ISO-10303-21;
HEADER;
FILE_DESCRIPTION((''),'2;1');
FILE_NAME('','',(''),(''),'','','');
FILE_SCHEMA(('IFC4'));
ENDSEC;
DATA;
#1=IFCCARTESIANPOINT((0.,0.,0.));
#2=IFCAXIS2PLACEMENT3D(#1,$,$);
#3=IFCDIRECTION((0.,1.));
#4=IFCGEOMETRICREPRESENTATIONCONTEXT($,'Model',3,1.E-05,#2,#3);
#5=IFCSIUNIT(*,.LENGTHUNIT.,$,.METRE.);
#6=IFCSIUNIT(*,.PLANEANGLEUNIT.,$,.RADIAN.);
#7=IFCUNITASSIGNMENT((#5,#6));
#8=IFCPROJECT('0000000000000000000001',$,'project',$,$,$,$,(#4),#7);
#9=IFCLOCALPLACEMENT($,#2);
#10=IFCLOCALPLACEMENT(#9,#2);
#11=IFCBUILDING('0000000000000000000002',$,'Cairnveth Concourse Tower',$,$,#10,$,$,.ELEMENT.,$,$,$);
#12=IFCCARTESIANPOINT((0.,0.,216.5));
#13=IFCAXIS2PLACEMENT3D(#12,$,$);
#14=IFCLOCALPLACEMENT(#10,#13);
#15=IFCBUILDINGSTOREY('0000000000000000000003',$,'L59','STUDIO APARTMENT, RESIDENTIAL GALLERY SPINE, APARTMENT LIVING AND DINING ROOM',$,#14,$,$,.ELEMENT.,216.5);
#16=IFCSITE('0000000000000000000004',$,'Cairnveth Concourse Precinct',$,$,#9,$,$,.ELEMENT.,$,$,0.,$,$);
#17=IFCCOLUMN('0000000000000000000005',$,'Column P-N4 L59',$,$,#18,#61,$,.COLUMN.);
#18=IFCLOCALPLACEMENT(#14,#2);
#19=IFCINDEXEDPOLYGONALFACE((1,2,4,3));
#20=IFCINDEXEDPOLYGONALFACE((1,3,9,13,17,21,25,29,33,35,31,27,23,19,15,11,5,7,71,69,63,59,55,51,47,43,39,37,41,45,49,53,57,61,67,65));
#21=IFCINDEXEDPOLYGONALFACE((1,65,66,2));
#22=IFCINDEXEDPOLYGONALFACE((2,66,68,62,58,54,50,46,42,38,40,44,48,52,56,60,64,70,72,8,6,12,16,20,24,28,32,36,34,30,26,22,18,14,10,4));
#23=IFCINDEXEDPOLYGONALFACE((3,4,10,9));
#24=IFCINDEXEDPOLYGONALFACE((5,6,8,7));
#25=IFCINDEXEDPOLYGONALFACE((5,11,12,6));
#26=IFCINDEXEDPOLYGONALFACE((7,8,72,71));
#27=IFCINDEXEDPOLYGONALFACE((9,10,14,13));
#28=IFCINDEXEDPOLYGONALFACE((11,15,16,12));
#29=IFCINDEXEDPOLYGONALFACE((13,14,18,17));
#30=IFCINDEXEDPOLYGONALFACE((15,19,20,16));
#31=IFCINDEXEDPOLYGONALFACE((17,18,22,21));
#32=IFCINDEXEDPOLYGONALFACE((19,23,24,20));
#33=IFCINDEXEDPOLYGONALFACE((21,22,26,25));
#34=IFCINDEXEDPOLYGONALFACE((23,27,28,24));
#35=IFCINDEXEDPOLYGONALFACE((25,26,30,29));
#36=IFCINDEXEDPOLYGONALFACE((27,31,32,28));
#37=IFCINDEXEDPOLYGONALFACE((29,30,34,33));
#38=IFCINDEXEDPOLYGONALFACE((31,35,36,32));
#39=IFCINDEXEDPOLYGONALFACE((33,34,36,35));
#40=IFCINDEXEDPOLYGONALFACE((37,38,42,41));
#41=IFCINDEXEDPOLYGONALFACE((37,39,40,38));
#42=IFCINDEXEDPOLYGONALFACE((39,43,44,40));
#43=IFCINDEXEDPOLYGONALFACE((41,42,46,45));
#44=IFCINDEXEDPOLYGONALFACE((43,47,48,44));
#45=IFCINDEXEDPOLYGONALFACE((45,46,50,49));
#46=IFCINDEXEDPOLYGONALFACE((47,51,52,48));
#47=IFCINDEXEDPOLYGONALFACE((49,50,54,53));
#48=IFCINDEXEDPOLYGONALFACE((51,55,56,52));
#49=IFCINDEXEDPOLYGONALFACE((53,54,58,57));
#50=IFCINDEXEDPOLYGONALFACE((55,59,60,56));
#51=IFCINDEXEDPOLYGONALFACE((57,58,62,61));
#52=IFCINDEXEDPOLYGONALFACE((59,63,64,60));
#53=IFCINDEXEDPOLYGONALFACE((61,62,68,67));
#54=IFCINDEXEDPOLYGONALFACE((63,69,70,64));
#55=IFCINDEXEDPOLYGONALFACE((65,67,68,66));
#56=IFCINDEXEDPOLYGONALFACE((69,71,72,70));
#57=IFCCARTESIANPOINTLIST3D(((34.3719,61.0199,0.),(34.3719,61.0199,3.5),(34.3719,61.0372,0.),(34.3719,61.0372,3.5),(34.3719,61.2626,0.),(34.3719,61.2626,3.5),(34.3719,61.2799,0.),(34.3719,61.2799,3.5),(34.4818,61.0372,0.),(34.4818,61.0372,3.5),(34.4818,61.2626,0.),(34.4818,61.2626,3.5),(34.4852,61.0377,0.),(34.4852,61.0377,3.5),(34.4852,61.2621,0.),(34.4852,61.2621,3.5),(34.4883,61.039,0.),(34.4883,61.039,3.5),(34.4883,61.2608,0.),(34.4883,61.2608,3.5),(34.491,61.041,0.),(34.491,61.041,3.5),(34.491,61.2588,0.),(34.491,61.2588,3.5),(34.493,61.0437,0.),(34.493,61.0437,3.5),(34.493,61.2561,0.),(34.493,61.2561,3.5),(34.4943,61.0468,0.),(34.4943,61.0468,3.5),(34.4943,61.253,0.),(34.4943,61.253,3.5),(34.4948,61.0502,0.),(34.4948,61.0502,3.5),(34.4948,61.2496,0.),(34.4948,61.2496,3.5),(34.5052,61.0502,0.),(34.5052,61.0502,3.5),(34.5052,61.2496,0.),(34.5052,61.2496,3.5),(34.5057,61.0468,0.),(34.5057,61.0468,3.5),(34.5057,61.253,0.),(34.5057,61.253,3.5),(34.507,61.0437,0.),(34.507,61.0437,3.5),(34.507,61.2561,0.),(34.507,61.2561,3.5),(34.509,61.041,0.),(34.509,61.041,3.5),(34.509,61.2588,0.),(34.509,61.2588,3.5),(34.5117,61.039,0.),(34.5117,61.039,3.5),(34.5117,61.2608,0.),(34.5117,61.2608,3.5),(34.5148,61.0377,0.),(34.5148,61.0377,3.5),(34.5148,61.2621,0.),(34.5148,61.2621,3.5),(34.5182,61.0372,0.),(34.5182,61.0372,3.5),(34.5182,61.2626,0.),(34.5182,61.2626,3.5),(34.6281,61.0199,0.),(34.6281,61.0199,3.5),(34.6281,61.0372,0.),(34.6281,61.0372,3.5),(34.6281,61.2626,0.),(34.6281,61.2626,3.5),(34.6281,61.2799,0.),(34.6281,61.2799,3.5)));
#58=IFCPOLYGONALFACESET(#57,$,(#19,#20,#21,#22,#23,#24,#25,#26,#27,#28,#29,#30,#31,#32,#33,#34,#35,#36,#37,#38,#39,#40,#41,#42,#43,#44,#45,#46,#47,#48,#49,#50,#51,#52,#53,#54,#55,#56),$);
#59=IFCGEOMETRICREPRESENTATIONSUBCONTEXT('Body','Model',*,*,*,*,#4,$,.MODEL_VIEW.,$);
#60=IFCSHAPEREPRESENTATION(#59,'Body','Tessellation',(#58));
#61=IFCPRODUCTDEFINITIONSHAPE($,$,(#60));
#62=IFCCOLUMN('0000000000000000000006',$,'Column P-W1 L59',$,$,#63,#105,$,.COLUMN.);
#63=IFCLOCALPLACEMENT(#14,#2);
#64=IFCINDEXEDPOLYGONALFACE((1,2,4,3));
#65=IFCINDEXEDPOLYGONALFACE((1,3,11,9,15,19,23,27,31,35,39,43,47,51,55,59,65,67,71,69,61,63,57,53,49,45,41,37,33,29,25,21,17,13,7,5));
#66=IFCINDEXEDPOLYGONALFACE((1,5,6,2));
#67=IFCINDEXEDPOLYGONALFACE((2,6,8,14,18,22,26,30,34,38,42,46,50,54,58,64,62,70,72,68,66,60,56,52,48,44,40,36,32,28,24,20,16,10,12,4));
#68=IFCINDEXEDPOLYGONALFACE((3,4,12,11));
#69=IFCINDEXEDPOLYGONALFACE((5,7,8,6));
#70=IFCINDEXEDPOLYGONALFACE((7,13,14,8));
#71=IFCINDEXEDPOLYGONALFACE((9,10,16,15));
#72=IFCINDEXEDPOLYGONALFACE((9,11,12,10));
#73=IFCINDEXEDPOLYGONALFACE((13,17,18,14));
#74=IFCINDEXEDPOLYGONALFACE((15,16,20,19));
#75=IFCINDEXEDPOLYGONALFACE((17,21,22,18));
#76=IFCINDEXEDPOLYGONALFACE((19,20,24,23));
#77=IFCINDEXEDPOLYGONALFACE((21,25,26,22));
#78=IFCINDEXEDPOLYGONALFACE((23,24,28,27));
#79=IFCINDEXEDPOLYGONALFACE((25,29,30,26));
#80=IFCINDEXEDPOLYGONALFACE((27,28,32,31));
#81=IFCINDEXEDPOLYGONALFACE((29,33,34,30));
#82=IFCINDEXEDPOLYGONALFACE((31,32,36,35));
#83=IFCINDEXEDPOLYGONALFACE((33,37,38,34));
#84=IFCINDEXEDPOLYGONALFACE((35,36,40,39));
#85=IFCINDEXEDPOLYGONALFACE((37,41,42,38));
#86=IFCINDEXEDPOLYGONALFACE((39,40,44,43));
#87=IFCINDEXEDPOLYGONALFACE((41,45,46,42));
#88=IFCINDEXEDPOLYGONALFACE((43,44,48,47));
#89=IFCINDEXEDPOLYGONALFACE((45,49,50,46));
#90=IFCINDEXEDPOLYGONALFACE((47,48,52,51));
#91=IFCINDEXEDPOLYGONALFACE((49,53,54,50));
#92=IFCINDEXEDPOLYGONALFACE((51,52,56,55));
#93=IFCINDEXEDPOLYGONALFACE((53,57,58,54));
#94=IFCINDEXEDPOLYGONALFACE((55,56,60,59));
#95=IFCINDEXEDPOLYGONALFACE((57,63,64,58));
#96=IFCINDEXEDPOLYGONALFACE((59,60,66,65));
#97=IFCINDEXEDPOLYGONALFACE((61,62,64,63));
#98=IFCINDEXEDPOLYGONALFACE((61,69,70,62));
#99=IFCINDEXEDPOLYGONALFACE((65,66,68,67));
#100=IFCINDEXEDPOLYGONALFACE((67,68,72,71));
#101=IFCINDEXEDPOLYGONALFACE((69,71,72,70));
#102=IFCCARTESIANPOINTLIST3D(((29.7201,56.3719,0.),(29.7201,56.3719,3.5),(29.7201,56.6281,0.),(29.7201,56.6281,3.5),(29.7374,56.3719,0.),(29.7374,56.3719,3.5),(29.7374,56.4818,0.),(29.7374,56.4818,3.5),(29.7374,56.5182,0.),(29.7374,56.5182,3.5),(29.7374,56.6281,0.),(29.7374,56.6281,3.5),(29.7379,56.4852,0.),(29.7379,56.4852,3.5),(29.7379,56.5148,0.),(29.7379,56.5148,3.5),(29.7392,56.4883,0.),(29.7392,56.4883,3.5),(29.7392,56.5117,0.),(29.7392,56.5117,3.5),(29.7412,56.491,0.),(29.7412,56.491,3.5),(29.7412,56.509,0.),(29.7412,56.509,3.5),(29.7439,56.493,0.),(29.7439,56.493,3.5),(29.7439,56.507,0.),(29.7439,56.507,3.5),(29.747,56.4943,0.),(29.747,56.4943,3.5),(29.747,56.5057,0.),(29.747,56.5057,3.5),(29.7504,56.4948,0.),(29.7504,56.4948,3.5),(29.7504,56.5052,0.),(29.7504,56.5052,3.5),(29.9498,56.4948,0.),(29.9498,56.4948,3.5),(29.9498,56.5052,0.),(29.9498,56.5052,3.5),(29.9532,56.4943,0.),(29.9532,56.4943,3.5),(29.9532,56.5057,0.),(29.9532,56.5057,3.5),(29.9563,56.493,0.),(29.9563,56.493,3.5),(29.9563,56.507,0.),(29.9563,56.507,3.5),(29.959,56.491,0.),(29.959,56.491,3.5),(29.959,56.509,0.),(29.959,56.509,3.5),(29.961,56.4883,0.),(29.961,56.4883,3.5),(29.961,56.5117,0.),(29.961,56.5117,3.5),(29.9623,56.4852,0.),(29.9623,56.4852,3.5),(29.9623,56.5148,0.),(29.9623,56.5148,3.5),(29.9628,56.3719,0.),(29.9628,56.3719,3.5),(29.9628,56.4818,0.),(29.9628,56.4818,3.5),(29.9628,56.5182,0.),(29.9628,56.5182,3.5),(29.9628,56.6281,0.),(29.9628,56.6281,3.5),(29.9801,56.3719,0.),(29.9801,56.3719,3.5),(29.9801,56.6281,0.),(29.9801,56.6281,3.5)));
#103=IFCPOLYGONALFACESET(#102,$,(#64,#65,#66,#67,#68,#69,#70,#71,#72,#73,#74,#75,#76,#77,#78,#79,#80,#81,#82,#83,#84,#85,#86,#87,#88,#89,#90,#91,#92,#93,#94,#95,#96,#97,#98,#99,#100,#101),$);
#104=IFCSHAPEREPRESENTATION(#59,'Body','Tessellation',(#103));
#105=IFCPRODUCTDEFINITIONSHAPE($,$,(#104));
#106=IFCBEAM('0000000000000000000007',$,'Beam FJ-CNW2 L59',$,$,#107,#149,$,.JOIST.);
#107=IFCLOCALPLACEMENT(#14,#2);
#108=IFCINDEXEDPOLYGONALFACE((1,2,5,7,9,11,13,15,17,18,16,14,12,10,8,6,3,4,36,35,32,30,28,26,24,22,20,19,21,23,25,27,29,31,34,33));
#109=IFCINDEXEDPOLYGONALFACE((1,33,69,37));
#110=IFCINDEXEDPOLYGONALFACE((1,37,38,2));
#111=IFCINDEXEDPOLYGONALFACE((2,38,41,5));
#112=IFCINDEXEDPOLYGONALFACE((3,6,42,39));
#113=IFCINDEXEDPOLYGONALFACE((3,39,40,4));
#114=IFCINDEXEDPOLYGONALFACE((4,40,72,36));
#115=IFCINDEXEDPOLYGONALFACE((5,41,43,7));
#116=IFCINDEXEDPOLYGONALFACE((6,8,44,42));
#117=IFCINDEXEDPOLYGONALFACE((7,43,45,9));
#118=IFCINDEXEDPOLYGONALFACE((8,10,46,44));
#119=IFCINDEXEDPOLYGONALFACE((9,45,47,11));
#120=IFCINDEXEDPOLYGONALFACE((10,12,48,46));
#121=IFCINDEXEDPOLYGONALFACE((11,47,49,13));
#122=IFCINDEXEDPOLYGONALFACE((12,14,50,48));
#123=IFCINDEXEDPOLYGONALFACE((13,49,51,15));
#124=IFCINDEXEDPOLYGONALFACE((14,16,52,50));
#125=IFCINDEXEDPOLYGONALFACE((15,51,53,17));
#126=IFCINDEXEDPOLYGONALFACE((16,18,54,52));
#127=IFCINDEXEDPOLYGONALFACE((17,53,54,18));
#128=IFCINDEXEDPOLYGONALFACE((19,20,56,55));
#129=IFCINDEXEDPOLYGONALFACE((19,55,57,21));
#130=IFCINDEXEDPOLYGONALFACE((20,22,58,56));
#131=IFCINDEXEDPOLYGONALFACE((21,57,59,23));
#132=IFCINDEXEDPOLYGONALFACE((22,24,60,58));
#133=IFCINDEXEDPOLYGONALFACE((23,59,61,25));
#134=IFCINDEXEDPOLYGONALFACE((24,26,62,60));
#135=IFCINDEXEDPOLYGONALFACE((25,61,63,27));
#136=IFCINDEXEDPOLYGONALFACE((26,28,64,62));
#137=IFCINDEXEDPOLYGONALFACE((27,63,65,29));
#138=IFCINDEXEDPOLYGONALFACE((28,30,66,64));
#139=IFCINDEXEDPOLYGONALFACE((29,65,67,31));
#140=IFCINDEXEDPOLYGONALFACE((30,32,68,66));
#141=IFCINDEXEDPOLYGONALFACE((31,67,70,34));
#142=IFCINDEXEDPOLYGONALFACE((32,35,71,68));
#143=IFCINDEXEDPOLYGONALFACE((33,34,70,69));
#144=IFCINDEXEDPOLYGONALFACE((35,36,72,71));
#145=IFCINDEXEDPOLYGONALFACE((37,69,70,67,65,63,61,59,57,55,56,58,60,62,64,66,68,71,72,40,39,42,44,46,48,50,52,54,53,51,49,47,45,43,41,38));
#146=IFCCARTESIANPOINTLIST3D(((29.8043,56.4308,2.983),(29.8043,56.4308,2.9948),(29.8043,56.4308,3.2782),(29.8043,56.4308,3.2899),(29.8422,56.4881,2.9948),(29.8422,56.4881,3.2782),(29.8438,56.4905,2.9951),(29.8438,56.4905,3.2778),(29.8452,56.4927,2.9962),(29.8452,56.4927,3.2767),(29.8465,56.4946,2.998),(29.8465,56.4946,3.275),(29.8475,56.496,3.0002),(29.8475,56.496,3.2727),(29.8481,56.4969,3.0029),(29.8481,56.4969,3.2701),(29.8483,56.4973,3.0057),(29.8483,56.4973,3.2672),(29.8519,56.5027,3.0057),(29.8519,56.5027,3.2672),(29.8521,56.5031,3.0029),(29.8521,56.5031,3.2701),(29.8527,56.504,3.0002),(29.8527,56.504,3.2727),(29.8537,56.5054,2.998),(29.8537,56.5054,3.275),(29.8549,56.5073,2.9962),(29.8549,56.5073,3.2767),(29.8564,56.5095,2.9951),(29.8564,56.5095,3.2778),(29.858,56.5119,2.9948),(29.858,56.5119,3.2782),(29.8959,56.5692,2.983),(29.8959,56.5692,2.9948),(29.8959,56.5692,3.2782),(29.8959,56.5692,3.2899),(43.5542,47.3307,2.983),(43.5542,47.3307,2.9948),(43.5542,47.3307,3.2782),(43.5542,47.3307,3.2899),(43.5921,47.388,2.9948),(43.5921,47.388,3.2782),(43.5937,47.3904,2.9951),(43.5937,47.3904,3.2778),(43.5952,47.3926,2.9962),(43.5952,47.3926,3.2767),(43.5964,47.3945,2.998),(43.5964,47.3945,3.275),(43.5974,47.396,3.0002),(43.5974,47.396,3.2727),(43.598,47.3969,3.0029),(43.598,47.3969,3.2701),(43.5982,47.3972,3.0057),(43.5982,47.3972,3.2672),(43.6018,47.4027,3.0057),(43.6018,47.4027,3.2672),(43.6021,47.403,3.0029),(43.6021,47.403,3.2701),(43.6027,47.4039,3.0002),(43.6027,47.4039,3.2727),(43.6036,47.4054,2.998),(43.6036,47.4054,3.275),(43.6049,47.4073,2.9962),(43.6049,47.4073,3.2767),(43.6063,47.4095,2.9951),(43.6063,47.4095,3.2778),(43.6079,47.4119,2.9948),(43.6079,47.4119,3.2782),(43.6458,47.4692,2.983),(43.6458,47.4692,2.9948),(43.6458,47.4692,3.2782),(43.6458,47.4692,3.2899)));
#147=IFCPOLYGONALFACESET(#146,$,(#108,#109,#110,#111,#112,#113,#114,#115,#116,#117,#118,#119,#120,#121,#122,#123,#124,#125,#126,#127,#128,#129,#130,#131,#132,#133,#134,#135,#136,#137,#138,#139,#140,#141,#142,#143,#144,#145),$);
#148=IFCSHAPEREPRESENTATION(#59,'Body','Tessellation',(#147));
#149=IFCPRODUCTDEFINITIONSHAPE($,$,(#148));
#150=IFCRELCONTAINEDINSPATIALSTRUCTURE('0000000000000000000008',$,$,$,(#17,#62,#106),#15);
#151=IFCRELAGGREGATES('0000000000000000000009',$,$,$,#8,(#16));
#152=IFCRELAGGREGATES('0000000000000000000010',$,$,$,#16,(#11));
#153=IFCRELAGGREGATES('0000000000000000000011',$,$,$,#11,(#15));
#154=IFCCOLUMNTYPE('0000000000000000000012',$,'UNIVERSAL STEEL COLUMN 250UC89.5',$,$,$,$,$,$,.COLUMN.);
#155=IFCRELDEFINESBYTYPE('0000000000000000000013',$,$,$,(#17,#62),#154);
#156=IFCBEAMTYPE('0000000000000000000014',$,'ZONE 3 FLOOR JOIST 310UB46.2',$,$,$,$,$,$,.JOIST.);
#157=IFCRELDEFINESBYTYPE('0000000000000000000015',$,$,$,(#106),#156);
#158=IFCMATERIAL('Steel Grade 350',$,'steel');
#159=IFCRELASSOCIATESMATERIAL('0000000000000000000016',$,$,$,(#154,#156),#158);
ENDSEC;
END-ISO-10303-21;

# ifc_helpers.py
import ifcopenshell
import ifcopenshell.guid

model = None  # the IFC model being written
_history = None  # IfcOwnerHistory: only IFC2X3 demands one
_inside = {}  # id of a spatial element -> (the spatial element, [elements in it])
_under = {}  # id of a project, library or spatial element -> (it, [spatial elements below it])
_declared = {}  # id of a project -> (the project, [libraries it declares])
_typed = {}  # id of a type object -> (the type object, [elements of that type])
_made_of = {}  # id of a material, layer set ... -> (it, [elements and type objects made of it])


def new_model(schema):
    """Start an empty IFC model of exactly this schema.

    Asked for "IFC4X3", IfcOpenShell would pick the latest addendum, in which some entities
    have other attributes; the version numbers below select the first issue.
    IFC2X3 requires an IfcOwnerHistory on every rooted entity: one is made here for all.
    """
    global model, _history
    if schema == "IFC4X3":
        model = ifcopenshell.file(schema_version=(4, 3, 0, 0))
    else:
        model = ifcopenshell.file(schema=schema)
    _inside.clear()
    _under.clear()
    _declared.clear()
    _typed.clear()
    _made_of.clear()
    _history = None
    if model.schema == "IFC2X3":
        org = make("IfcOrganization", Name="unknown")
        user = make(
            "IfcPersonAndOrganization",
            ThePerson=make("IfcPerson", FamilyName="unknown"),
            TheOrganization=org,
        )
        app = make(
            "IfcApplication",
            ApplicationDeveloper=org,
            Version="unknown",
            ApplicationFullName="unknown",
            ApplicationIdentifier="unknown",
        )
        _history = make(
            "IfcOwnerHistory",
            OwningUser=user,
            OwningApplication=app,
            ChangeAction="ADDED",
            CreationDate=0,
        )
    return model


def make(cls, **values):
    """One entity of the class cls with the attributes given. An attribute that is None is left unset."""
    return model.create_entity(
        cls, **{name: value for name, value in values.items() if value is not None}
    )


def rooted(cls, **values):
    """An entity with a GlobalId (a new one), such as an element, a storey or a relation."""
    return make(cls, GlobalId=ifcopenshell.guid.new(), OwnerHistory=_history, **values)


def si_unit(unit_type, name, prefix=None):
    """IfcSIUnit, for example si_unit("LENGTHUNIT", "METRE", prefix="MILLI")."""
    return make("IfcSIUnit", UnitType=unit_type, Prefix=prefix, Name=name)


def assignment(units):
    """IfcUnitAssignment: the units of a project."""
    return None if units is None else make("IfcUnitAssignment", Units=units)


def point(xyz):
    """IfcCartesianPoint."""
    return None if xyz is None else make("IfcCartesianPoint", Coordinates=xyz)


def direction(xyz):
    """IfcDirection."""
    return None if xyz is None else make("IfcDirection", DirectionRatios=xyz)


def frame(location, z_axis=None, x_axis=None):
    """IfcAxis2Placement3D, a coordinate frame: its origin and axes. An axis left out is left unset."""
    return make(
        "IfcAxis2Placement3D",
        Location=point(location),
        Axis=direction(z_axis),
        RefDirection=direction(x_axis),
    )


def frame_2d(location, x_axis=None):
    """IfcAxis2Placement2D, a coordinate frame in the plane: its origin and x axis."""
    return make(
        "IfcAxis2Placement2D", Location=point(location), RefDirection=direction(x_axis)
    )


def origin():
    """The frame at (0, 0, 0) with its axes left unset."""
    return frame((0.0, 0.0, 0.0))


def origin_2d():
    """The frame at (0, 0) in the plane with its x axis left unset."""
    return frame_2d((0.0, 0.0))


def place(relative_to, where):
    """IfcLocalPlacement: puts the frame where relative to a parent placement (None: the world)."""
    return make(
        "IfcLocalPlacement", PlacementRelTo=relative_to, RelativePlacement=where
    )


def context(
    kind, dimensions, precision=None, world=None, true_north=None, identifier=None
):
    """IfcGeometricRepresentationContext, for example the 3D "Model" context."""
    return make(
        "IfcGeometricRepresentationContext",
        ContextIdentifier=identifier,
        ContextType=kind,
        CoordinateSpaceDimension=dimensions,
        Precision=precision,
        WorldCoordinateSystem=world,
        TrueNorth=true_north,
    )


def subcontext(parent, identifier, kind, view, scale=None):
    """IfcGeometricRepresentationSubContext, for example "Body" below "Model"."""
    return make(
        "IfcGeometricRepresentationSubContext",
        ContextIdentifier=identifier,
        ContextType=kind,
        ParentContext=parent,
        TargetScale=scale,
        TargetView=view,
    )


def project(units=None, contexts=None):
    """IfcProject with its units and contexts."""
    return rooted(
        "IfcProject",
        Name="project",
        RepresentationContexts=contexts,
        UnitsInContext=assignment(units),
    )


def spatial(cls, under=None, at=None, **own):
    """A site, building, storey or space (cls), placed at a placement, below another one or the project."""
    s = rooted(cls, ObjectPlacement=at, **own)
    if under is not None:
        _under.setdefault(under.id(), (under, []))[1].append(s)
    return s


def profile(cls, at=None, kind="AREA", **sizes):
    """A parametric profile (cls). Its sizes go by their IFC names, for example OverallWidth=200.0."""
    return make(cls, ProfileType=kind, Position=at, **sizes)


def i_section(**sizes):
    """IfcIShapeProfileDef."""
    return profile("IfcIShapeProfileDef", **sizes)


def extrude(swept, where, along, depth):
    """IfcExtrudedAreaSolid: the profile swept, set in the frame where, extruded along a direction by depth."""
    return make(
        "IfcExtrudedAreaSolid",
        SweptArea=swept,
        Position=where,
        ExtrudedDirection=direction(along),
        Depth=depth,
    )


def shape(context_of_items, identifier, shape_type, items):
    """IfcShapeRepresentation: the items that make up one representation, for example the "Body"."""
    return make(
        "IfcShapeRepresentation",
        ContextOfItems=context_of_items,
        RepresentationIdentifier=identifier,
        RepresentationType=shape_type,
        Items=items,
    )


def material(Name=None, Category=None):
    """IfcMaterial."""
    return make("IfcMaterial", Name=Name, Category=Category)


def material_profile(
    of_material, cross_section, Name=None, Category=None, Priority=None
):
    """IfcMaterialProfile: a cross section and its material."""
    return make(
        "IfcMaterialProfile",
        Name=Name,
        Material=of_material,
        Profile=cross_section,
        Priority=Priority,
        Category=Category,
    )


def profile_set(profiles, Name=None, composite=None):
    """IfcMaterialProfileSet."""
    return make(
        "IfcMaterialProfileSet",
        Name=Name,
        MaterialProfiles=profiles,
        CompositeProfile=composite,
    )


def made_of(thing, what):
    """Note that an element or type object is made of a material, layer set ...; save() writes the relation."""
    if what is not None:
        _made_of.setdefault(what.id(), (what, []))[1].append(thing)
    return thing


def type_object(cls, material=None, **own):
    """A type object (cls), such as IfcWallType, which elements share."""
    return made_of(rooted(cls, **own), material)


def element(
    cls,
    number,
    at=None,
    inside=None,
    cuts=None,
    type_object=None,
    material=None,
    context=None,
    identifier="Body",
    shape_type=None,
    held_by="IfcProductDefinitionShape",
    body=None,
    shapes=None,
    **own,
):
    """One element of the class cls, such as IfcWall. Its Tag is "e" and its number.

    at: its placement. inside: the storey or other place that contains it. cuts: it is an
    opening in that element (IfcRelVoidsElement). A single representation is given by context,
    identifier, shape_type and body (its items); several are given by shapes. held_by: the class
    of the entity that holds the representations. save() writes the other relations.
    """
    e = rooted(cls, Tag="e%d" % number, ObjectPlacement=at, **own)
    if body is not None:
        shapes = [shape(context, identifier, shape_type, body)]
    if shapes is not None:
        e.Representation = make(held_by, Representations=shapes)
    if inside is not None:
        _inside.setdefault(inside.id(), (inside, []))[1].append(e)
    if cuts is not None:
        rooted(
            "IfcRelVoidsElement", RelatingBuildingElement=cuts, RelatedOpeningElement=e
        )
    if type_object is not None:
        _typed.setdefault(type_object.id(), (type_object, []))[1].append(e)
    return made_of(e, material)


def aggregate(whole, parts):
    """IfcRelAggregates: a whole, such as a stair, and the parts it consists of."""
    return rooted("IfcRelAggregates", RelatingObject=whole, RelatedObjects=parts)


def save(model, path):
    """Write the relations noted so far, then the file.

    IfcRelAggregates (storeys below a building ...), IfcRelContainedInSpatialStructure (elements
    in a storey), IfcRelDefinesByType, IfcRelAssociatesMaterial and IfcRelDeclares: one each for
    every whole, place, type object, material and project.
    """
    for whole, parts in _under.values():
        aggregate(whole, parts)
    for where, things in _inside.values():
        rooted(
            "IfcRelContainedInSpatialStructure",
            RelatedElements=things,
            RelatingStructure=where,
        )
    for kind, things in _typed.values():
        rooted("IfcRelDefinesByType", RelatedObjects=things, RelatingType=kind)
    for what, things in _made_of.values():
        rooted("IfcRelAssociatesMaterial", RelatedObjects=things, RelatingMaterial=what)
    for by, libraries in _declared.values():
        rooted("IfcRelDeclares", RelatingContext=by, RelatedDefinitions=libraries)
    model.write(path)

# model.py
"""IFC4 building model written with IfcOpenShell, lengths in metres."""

from ifc_helpers import new_model, si_unit, direction, frame, origin, origin_2d, place, context, subcontext, project, spatial, i_section, extrude, material, material_profile, profile_set, type_object, element, save


model = new_model("IFC4")

# Units and contexts
model_context = context("Model", 3, precision=1e-05, world=origin(), true_north=direction((0.0, 1.0)))
body_context = subcontext(model_context, "Body", "Model", "MODEL_VIEW")
ifc_project = project(units=[si_unit("LENGTHUNIT", "METRE"), si_unit("PLANEANGLEUNIT", "RADIAN")], contexts=[model_context])

# Site, building, storey
site_placement = place(None, origin())
site = spatial("IfcSite", under=ifc_project, at=site_placement, Name="Cairnveth Concourse Precinct", CompositionType="ELEMENT", RefElevation=0.0)
building_placement = place(site_placement, origin())
building = spatial("IfcBuilding", under=site, at=building_placement, Name="Cairnveth Concourse Tower", CompositionType="ELEMENT")
storey_placement = place(building_placement, frame((0.0, 0.0, 216.5)))
storey = spatial("IfcBuildingStorey", under=building, at=storey_placement, Name="L59", Description="STUDIO APARTMENT, RESIDENTIAL GALLERY SPINE, APARTMENT LIVING AND DINING ROOM", CompositionType="ELEMENT", Elevation=216.5)

# Columns
ifc_material_1 = material(Name="Steel Grade 350", Category="steel")
ifc_material_profile_1 = material_profile(ifc_material_1, i_section(OverallWidth=0.2561, OverallDepth=0.26, WebThickness=0.0105, FlangeThickness=0.0173, FilletRadius=0.0129, at=origin_2d()), Name="250UC89.5")
ifc_profile_set_1 = profile_set([ifc_material_profile_1], Name="Steel Grade 350")
column_type = type_object("IfcColumnType", Name="UNIVERSAL STEEL COLUMN 250UC89.5", PredefinedType="COLUMN", material=ifc_profile_set_1)
for number, where, z_axis, x_axis, name in (
    (1, (34.5, 61.1499, 0.0), (0.0, 0.0, 1.0), (1.0, 0.0, 0.0), "Column P-N4 L59"),
    (2, (29.8501, 56.5, 0.0), (0.0, 0.0, 1.0), (0.0, 1.0, 0.0), "Column P-W1 L59"),
):
    element("IfcColumn", number, at=place(storey_placement, frame(where, z_axis=z_axis, x_axis=x_axis)), inside=storey, type_object=column_type, Name=name, PredefinedType="COLUMN", context=body_context, shape_type="SweptSolid", body=[
        extrude(i_section(OverallWidth=0.2561, OverallDepth=0.26, WebThickness=0.0105, FlangeThickness=0.0173, FilletRadius=0.0129, at=origin_2d()), origin(), (0.0, 0.0, 1.0), 3.5),
    ])

# Beam
ifc_material_profile_2 = material_profile(ifc_material_1, i_section(OverallWidth=0.166, OverallDepth=0.3069, WebThickness=0.0066, FlangeThickness=0.0117, FilletRadius=0.011, at=origin_2d()), Name="310UB46.2")
ifc_profile_set_2 = profile_set([ifc_material_profile_2], Name="Steel Grade 350")
beam_type_1 = type_object("IfcBeamType", Name="ZONE 3 FLOOR JOIST 310UB46.2", PredefinedType="JOIST", material=ifc_profile_set_2)
beam_1_placement = place(storey_placement, frame((29.8501, 56.5, 3.1365), z_axis=(0.833909, -0.551902, 0.0), x_axis=(0.551902, 0.833909, 0.0)))
element("IfcBeam", 3, at=beam_1_placement, inside=storey, type_object=beam_type_1, Name="Beam FJ-CNW2 L59", PredefinedType="JOIST", context=body_context, shape_type="SweptSolid", body=[
    extrude(i_section(OverallWidth=0.166, OverallDepth=0.3069, WebThickness=0.0066, FlangeThickness=0.0117, FilletRadius=0.011, at=origin_2d()), origin(), (0.0, 0.0, 1.0), 16.4885),
])

save(model, "model.ifc")
